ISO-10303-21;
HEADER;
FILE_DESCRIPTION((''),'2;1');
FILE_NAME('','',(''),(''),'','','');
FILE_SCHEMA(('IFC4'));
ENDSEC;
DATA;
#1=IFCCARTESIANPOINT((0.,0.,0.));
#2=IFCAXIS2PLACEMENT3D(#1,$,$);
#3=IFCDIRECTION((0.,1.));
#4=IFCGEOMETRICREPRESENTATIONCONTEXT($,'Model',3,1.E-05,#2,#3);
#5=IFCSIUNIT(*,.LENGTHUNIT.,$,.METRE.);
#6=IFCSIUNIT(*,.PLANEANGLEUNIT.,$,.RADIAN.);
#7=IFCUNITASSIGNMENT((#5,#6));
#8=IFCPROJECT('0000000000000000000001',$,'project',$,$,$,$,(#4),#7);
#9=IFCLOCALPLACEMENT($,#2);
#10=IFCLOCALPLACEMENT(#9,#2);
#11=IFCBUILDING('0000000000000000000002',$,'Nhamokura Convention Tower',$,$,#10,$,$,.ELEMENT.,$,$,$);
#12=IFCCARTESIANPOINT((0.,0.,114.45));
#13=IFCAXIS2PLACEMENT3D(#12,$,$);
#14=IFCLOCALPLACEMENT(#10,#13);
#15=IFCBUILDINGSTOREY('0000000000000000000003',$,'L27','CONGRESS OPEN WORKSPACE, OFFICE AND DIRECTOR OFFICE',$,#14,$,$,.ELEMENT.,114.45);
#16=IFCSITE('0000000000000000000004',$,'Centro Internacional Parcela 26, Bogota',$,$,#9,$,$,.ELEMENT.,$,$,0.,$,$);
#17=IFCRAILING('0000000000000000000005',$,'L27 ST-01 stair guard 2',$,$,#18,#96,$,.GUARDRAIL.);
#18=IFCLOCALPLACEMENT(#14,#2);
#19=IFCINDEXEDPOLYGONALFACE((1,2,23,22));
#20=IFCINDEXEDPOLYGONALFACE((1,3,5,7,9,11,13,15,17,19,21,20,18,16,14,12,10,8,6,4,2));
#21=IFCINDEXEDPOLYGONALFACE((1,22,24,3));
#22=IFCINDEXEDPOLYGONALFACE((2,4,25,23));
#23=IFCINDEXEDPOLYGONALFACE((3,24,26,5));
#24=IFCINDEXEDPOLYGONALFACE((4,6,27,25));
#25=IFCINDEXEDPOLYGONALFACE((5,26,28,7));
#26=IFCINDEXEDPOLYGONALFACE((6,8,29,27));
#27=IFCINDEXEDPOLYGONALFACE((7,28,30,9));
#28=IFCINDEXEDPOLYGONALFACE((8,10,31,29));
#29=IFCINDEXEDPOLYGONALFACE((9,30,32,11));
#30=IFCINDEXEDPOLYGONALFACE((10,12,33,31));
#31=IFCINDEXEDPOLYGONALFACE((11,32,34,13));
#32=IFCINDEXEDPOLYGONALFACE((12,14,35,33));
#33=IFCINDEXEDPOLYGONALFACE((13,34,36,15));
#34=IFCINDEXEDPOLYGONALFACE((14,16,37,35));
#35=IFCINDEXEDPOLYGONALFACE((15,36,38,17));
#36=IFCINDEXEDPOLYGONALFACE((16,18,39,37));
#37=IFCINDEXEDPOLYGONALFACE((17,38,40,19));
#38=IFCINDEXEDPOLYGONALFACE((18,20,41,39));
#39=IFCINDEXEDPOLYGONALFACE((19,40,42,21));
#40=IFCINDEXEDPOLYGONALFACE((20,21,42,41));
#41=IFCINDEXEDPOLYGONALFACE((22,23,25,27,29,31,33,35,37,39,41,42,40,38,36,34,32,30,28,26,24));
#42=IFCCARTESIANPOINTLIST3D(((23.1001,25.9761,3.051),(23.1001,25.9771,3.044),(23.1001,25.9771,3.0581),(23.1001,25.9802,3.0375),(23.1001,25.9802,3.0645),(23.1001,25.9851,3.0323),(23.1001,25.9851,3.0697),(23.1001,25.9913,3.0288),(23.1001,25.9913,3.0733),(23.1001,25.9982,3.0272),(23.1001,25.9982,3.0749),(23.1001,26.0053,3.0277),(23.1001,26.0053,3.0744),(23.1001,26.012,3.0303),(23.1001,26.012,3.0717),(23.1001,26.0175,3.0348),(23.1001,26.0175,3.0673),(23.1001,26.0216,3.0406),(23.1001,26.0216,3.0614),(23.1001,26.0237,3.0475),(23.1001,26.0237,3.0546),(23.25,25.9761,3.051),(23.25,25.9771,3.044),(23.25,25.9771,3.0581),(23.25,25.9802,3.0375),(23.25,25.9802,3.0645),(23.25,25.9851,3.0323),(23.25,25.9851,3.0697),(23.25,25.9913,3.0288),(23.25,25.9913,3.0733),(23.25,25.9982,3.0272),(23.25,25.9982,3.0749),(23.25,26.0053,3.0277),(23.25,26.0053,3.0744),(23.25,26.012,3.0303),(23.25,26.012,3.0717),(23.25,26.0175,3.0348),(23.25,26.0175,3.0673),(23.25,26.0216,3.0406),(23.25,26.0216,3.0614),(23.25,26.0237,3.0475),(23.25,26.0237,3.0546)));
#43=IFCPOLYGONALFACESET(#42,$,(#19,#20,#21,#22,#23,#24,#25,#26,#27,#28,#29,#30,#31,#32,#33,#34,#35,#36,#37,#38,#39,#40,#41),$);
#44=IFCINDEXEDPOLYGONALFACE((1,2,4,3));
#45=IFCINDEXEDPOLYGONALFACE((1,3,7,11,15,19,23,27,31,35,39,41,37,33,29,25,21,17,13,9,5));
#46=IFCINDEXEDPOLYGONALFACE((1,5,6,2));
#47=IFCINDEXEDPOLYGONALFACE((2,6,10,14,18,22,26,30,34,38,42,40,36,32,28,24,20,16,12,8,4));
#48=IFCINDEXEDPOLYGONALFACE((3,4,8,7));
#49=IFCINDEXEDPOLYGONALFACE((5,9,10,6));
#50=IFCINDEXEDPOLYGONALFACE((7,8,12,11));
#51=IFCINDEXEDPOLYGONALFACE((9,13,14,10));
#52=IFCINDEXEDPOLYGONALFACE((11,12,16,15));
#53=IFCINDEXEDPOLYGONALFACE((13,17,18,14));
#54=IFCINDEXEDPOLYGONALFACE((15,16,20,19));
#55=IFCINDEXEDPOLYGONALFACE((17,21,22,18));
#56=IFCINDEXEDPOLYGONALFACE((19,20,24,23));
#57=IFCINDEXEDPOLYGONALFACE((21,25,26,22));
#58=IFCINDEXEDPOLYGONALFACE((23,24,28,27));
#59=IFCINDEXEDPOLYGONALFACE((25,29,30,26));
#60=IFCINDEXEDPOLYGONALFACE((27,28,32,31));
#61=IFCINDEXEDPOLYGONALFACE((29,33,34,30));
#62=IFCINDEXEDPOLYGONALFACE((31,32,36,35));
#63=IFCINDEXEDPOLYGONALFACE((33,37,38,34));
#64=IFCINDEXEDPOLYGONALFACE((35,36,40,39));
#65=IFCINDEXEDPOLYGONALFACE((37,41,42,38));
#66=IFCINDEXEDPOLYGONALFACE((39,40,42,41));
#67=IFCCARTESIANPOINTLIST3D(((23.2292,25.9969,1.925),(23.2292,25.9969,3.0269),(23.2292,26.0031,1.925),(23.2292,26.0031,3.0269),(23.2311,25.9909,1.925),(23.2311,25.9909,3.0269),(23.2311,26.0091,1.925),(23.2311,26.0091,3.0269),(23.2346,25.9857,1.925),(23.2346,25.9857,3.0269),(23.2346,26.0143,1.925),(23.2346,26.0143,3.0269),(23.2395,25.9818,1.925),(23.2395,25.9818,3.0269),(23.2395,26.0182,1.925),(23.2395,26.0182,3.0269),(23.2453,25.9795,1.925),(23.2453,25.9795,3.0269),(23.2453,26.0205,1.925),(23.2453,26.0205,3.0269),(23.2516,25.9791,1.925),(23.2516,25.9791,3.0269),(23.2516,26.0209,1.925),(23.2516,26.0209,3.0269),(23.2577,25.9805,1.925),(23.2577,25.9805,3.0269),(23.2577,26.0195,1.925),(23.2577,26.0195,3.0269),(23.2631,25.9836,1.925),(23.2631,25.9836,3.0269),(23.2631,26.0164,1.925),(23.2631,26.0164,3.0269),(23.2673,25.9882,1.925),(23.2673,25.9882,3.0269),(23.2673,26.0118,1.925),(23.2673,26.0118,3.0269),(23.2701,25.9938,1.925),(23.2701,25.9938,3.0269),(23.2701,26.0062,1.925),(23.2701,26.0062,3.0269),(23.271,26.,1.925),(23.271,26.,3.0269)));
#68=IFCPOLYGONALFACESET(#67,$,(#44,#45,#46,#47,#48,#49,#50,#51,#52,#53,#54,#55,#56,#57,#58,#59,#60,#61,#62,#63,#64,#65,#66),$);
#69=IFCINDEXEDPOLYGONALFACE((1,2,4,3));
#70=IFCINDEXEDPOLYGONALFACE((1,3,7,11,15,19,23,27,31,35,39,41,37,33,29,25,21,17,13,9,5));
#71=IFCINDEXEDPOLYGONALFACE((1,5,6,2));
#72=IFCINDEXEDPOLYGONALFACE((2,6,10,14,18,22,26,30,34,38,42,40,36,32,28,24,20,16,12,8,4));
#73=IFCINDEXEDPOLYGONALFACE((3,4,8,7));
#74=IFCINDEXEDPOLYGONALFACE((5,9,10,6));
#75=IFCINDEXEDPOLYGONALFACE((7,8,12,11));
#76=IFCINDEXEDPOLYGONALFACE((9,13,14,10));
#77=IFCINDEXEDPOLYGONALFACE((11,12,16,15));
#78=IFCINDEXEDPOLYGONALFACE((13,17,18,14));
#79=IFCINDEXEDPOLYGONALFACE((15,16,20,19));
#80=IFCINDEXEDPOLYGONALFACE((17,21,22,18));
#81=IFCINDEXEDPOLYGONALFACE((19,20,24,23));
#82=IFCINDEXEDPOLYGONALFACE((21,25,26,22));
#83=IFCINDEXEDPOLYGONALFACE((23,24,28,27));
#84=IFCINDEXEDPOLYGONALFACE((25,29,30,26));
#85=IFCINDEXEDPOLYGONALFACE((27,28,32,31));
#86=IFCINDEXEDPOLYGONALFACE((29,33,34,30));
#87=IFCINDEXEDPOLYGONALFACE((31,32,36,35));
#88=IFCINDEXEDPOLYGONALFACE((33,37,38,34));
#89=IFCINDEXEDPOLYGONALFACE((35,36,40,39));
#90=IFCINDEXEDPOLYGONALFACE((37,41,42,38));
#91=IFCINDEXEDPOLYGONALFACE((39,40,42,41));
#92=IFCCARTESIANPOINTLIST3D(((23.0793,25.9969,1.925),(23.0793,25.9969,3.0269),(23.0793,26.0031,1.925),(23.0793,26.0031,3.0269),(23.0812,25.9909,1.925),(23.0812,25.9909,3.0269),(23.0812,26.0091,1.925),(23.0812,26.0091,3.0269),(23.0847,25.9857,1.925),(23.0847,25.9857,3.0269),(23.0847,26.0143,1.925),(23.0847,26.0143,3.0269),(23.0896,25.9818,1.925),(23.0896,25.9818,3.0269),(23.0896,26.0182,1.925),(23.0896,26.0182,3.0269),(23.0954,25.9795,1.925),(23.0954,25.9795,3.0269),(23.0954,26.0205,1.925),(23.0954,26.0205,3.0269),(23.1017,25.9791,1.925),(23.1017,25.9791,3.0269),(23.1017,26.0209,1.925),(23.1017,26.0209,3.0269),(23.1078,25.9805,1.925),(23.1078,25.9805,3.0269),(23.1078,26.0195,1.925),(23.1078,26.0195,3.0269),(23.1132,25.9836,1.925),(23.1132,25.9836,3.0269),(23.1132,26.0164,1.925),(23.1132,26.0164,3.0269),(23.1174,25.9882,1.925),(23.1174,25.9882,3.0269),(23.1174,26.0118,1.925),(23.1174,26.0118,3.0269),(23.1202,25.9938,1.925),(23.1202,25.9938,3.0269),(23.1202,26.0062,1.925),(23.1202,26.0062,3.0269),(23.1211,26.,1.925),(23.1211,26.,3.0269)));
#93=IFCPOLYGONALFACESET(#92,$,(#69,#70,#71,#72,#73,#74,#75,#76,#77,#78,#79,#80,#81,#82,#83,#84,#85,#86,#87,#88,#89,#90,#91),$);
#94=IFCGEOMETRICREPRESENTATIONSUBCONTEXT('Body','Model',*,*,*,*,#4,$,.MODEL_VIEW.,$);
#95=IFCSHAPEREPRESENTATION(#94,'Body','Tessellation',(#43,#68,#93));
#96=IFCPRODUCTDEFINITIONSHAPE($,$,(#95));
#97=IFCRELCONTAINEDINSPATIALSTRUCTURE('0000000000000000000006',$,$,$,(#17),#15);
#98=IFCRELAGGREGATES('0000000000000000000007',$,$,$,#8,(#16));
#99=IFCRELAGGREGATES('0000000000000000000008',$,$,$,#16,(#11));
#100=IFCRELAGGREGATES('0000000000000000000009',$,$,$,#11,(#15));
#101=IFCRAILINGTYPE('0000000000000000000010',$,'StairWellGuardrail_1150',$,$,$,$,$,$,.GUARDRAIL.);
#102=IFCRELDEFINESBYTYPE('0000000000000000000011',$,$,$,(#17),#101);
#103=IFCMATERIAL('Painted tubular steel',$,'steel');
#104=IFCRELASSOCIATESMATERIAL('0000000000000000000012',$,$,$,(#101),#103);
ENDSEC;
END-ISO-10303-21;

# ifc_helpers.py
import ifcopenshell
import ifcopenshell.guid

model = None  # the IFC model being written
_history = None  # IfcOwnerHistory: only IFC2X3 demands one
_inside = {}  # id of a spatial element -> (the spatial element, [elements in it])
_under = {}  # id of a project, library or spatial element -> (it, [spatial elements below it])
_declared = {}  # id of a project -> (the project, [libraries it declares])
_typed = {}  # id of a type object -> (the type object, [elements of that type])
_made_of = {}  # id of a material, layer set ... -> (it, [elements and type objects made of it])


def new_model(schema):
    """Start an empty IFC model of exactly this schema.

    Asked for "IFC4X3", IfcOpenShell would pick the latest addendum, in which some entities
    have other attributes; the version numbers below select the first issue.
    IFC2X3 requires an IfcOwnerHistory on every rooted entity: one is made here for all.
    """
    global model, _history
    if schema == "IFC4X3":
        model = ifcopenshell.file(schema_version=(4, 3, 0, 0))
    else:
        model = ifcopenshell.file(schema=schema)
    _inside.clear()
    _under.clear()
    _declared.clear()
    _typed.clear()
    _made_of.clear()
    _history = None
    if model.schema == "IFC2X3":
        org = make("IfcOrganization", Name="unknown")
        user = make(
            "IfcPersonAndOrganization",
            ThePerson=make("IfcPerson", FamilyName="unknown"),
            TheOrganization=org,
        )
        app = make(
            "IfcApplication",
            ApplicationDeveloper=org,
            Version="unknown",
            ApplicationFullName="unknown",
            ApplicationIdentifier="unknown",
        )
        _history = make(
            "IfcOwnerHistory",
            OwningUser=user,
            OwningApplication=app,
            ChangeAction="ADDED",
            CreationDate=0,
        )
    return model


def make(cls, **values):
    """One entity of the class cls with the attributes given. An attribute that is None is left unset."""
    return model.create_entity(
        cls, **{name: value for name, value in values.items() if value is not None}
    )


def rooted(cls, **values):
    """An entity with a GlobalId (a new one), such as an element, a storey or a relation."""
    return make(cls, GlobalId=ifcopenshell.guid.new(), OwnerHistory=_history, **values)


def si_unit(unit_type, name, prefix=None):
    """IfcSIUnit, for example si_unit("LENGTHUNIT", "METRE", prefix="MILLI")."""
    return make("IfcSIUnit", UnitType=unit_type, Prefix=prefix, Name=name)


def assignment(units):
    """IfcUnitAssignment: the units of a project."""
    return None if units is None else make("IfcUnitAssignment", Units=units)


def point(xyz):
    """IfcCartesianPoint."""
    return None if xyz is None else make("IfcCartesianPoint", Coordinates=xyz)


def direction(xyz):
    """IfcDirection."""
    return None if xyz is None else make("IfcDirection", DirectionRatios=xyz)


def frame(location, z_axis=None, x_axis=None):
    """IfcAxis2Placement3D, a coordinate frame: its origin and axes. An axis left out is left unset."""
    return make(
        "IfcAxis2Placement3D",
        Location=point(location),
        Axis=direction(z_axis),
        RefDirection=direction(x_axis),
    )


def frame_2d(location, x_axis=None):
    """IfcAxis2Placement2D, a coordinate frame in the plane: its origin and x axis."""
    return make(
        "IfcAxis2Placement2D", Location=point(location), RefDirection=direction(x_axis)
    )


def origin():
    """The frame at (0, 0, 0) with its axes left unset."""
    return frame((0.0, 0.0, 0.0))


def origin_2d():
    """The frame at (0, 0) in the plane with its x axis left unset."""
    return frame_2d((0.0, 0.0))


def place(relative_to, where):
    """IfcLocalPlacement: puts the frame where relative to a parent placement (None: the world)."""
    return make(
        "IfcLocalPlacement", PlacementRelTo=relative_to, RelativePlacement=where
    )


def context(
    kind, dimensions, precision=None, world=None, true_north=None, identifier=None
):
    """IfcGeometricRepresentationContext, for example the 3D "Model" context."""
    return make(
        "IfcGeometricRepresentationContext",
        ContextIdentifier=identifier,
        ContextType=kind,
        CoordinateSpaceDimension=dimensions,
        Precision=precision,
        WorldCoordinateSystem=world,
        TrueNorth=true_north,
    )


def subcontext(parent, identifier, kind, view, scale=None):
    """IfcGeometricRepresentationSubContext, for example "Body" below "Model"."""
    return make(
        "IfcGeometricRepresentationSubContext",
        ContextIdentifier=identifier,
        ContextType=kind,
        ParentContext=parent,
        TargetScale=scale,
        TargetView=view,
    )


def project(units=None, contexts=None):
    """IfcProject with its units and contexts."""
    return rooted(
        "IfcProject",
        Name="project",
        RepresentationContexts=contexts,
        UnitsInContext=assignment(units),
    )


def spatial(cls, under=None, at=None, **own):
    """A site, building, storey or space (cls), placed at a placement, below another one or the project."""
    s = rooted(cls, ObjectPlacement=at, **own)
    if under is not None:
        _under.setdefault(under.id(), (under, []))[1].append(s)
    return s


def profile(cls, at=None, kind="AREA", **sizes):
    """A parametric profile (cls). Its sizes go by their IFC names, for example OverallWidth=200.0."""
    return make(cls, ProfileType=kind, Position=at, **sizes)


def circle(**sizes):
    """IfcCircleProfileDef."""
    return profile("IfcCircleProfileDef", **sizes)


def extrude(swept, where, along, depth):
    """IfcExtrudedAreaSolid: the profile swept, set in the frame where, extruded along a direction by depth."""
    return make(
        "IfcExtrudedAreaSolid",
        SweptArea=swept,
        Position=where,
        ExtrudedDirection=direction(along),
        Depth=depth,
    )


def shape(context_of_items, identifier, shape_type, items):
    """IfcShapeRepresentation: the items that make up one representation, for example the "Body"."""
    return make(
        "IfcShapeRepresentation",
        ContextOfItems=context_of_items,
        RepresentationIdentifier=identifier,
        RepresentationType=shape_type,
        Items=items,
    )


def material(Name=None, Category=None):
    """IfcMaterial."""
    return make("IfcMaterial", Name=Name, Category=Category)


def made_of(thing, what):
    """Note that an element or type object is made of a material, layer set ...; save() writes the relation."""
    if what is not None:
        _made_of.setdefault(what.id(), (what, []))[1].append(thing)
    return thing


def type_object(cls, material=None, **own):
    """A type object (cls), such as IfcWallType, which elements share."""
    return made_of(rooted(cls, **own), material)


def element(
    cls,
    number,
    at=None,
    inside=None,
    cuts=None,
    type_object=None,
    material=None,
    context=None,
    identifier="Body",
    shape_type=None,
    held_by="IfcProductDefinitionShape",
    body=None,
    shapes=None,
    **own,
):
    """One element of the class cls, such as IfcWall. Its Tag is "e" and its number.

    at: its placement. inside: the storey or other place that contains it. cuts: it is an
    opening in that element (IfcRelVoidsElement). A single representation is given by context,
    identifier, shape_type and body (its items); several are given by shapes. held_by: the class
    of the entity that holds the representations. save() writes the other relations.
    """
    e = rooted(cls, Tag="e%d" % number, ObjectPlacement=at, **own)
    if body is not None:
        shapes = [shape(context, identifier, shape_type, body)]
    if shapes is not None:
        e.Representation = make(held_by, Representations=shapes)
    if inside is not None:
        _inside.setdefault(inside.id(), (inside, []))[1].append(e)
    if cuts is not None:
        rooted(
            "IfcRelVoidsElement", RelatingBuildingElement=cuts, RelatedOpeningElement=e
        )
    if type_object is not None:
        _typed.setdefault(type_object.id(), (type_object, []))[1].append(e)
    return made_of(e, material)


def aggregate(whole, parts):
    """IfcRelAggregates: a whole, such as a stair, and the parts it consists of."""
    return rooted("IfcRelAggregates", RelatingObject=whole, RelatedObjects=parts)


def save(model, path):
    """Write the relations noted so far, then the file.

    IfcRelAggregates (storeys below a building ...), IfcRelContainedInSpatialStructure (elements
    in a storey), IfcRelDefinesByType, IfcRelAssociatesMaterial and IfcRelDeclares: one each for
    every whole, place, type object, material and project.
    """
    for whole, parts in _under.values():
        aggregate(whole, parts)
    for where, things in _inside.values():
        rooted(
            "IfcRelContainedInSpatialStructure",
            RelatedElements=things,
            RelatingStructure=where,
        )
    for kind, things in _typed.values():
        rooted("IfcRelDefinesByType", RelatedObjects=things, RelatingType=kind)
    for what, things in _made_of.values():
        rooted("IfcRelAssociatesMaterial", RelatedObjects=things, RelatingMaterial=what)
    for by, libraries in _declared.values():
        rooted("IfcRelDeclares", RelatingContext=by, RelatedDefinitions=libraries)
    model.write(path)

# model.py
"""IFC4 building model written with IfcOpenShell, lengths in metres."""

from ifc_helpers import new_model, si_unit, direction, frame, origin, origin_2d, place, context, subcontext, project, spatial, circle, extrude, material, type_object, element, save


model = new_model("IFC4")

# Units and contexts
model_context = context("Model", 3, precision=1e-05, world=origin(), true_north=direction((0.0, 1.0)))
body_context = subcontext(model_context, "Body", "Model", "MODEL_VIEW")
ifc_project = project(units=[si_unit("LENGTHUNIT", "METRE"), si_unit("PLANEANGLEUNIT", "RADIAN")], contexts=[model_context])

# Site, building, storey
site_placement = place(None, origin())
site = spatial("IfcSite", under=ifc_project, at=site_placement, Name="Centro Internacional Parcela 26, Bogota", CompositionType="ELEMENT", RefElevation=0.0)
building_placement = place(site_placement, origin())
building = spatial("IfcBuilding", under=site, at=building_placement, Name="Nhamokura Convention Tower", CompositionType="ELEMENT")
storey_placement = place(building_placement, frame((0.0, 0.0, 114.45)))
storey = spatial("IfcBuildingStorey", under=building, at=storey_placement, Name="L27", Description="CONGRESS OPEN WORKSPACE, OFFICE AND DIRECTOR OFFICE", CompositionType="ELEMENT", Elevation=114.45)

# Railing
ifc_material_1 = material(Name="Painted tubular steel", Category="steel")
railing_type_1 = type_object("IfcRailingType", Name="StairWellGuardrail_1150", PredefinedType="GUARDRAIL", material=ifc_material_1)
railing_1_placement = place(storey_placement, frame((23.25, 26.0, 1.925)))
element("IfcRailing", 1, at=railing_1_placement, inside=storey, type_object=railing_type_1, Name="L27 ST-01 stair guard 2", PredefinedType="GUARDRAIL", context=body_context, shape_type="SweptSolid", body=[
    extrude(circle(Radius=0.0239, at=origin_2d()), frame((0.0, 0.0, 1.126), z_axis=(-1.0, 0.0, 0.0), x_axis=(0.0, -1.0, 0.0)), (0.0, 0.0, 1.0), 0.1499),
    extrude(circle(Radius=0.021, at=origin_2d()), origin(), (0.0, 0.0, 1.0), 1.1018),
    extrude(circle(Radius=0.021, at=origin_2d()), frame((-0.1499, 0.0, 0.0)), (0.0, 0.0, 1.0), 1.1018),
])

save(model, "model.ifc")
